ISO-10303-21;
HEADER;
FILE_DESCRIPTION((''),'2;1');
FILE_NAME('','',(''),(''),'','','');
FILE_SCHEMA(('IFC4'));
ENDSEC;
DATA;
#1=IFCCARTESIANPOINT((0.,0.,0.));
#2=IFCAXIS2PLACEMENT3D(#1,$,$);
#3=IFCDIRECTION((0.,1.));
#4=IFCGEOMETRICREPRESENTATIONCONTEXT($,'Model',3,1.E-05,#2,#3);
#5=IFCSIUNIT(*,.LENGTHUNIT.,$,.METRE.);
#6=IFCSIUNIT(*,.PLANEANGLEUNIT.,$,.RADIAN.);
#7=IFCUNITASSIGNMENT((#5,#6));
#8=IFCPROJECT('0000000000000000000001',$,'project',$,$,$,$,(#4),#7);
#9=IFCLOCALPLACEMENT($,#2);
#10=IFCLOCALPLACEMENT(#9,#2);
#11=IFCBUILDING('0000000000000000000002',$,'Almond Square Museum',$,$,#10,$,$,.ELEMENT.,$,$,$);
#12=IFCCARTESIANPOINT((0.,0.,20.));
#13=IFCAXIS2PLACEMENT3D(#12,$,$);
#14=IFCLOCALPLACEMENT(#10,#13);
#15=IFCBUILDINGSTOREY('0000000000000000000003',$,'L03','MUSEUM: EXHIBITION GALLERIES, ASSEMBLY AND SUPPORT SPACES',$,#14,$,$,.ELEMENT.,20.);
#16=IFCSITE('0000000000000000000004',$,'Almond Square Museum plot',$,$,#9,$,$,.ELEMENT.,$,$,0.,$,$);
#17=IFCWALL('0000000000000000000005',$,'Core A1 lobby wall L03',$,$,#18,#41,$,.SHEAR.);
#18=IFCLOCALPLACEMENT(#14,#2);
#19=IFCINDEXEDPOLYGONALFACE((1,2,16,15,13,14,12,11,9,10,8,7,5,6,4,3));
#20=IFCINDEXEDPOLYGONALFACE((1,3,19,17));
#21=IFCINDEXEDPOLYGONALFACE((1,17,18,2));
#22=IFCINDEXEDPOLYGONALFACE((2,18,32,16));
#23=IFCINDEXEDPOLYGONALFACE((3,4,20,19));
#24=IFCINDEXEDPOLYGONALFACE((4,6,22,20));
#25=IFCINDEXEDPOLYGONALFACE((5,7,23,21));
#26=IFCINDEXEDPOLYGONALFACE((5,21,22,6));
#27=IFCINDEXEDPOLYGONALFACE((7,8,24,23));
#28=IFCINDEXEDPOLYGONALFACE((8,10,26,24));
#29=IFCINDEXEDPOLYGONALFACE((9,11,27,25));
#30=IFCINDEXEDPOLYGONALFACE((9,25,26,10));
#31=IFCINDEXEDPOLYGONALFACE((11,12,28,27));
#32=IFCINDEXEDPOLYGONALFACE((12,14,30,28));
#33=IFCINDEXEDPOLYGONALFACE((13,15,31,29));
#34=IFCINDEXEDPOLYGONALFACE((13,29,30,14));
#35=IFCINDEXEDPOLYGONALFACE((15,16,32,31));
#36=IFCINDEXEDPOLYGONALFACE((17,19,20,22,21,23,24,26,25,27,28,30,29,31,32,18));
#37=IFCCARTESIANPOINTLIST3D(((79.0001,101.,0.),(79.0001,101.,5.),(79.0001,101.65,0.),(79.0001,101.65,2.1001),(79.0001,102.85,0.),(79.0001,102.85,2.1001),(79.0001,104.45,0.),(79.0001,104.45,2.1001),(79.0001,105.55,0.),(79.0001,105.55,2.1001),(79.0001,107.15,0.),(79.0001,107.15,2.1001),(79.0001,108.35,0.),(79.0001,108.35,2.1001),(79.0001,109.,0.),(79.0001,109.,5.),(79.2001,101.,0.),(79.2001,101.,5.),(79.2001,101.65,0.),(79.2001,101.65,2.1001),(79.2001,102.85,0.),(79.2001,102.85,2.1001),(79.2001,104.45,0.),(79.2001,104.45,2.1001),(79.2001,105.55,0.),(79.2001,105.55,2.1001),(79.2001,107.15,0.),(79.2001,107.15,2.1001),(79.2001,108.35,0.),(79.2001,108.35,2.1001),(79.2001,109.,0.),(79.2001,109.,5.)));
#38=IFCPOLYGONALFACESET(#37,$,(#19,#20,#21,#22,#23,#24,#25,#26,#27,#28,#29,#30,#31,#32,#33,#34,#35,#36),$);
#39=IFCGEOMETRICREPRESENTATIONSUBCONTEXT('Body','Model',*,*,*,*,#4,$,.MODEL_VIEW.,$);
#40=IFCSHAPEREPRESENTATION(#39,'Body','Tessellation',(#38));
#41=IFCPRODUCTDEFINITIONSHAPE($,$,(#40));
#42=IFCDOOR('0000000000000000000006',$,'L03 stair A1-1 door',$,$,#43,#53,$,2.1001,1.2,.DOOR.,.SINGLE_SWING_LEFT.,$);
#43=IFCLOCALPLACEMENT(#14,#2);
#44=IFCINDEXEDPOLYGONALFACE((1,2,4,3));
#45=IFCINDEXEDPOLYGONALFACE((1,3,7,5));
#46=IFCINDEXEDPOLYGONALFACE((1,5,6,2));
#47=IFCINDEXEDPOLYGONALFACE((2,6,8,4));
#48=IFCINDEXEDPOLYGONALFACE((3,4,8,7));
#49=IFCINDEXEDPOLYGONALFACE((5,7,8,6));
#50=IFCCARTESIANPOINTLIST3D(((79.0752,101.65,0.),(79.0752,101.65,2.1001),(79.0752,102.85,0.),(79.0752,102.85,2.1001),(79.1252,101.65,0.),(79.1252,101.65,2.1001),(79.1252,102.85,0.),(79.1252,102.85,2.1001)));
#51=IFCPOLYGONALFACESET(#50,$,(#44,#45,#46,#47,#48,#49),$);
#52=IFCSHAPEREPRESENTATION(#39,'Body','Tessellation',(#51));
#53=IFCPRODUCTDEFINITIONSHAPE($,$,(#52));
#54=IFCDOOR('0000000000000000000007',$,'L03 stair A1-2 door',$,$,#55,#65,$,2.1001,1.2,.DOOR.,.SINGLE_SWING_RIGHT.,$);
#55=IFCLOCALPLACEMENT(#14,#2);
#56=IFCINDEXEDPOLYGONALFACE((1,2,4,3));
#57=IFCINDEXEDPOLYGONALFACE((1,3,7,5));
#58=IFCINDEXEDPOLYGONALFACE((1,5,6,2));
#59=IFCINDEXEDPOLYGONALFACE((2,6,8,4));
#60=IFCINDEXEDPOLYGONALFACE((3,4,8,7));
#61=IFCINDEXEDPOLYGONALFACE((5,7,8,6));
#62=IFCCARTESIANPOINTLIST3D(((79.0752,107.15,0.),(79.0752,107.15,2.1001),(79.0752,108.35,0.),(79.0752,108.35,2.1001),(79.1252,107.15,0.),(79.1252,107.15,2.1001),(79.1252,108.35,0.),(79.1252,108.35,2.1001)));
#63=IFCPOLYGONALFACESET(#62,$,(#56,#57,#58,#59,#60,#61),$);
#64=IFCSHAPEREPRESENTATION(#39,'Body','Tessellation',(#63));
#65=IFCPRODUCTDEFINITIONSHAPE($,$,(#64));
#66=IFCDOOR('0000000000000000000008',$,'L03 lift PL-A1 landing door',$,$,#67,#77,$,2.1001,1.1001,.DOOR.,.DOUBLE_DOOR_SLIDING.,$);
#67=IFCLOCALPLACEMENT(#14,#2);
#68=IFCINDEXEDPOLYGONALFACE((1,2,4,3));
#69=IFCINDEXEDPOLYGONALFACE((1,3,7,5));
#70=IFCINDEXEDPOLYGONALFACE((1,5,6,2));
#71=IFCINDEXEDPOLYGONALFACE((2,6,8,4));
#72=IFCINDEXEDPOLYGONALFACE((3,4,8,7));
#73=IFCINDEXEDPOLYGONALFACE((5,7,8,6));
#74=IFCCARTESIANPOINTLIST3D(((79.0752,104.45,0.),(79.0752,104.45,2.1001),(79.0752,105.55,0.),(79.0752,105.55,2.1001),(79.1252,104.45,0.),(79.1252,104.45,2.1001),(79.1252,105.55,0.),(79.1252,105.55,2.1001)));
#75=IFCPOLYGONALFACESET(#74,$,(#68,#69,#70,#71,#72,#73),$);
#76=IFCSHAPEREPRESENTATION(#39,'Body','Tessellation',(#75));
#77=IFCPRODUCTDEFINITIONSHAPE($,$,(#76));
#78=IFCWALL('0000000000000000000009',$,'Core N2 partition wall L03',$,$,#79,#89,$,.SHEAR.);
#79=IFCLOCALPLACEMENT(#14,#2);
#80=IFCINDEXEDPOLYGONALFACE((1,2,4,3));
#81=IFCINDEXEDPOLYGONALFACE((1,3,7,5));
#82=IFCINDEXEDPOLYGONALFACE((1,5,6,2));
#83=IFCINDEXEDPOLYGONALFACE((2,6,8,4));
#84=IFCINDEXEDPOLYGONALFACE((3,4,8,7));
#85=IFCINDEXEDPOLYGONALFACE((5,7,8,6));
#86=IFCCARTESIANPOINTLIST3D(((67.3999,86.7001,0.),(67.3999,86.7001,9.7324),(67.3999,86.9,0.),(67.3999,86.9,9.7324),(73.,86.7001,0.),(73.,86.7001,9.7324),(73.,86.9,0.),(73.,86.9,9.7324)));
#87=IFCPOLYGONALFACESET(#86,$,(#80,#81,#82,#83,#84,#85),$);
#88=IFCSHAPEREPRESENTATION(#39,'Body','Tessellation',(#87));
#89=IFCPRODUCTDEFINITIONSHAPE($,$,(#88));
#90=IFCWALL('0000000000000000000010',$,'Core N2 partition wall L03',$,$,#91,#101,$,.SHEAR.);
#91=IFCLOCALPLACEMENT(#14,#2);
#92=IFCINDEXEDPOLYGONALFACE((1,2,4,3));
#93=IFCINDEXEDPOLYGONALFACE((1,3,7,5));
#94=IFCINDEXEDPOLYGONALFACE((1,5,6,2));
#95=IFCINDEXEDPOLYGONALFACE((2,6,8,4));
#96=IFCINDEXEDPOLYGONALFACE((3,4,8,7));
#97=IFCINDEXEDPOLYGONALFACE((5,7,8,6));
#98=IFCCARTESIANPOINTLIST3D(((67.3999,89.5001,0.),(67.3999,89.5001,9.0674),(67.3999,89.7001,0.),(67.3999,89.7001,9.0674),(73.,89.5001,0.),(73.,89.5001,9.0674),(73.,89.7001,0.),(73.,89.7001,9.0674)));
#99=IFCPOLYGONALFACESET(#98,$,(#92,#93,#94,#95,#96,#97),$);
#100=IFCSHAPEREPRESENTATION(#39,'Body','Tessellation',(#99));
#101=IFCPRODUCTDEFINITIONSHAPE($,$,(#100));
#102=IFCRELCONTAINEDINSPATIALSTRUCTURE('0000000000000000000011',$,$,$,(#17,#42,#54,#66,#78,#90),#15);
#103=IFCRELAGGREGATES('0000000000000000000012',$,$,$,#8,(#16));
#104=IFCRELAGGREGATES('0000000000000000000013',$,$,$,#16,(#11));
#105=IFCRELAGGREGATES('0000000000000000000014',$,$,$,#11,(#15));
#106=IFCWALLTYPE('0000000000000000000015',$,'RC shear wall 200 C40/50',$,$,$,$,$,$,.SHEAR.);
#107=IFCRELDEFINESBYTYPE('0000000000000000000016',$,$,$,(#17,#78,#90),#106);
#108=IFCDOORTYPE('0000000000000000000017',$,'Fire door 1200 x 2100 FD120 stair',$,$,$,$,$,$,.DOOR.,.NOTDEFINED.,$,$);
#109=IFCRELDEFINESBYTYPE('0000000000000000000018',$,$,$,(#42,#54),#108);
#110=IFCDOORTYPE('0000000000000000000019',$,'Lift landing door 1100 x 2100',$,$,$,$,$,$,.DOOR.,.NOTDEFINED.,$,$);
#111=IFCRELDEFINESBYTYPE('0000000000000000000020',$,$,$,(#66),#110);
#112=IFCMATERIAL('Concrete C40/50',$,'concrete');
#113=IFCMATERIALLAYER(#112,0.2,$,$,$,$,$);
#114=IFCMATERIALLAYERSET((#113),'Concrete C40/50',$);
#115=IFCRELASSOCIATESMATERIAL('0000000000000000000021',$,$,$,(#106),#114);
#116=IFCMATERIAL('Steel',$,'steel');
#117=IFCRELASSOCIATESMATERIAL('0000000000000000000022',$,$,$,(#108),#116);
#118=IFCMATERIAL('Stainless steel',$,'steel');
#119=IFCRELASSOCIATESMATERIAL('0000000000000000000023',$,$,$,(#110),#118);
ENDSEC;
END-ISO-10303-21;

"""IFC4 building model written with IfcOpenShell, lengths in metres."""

from ifc_helpers import new_model, si_unit, direction, frame, frame_2d, origin, place, context, subcontext, project, spatial, rectangle, extrude, material, layer, layer_set, type_object, element, fill, save


model = new_model("IFC4")

# Units and contexts
model_context = context("Model", 3, precision=1e-05, world=origin(), true_north=direction((0.0, 1.0)))
body_context = subcontext(model_context, "Body", "Model", "MODEL_VIEW")
ifc_project = project(units=[si_unit("LENGTHUNIT", "METRE"), si_unit("PLANEANGLEUNIT", "RADIAN")], contexts=[model_context])

# Site, building, storey
site_placement = place(None, origin())
site = spatial("IfcSite", under=ifc_project, at=site_placement, Name="Almond Square Museum plot", CompositionType="ELEMENT", RefElevation=0.0)
building_placement = place(site_placement, origin())
building = spatial("IfcBuilding", under=site, at=building_placement, Name="Almond Square Museum", CompositionType="ELEMENT")
storey_placement = place(building_placement, frame((0.0, 0.0, 20.0)))
storey = spatial("IfcBuildingStorey", under=building, at=storey_placement, Name="L03", Description="MUSEUM: EXHIBITION GALLERIES, ASSEMBLY AND SUPPORT SPACES", CompositionType="ELEMENT", Elevation=20.0)

# Shared definitions
ifc_material_1 = material(Name="Concrete C40/50", Category="concrete")
ifc_layer_1 = layer(ifc_material_1, 0.2)
ifc_layer_set_1 = layer_set([ifc_layer_1], Name="Concrete C40/50")
wall_type_1 = type_object("IfcWallType", Name="RC shear wall 200 C40/50", PredefinedType="SHEAR", material=ifc_layer_set_1)

# Wall, openings, doors
wall_1_placement = place(storey_placement, frame((79.1001, 101.0, 0.0), z_axis=(0.0, 0.0, 1.0), x_axis=(0.0, 1.0, 0.0)))
wall_1 = element("IfcWall", 1, at=wall_1_placement, inside=storey, type_object=wall_type_1, Name="Core A1 lobby wall L03", PredefinedType="SHEAR", context=body_context, shape_type="SweptSolid", body=[
    extrude(rectangle(XDim=8.0, YDim=0.2, at=frame_2d((4.0, 0.0))), origin(), (0.0, 0.0, 1.0), 5.0),
])
opening_1_placement = place(wall_1_placement, frame((0.6499, 0.0, 0.0)))
opening_1 = element("IfcOpeningElement", 2, at=opening_1_placement, cuts=wall_1, PredefinedType="OPENING", context=body_context, shape_type="SweptSolid", body=[
    extrude(rectangle(XDim=1.2, YDim=2.1001, at=frame_2d((0.6001, 1.05))), frame((0.0, 0.1099, 0.0), z_axis=(0.0, -1.0, 0.0), x_axis=(1.0, 0.0, 0.0)), (0.0, 0.0, 1.0), 0.22),
])
opening_2_placement = place(wall_1_placement, frame((6.1499, 0.0, 0.0)))
opening_2 = element("IfcOpeningElement", 3, at=opening_2_placement, cuts=wall_1, PredefinedType="OPENING", context=body_context, shape_type="SweptSolid", body=[
    extrude(rectangle(XDim=1.2, YDim=2.1001, at=frame_2d((0.6001, 1.05))), frame((0.0, 0.1099, 0.0), z_axis=(0.0, -1.0, 0.0), x_axis=(1.0, 0.0, 0.0)), (0.0, 0.0, 1.0), 0.22),
])
opening_3_placement = place(wall_1_placement, frame((3.45, 0.0, 0.0)))
opening_3 = element("IfcOpeningElement", 4, at=opening_3_placement, cuts=wall_1, PredefinedType="OPENING", context=body_context, shape_type="SweptSolid", body=[
    extrude(rectangle(XDim=1.1001, YDim=2.1001, at=frame_2d((0.55, 1.05))), frame((0.0, 0.1099, 0.0), z_axis=(0.0, -1.0, 0.0), x_axis=(1.0, 0.0, 0.0)), (0.0, 0.0, 1.0), 0.22),
])
ifc_material_2 = material(Name="Steel", Category="steel")
door_type_1 = type_object("IfcDoorType", Name="Fire door 1200 x 2100 FD120 stair", OperationType="NOTDEFINED", PredefinedType="DOOR", material=ifc_material_2)
door_1_placement = place(opening_1_placement, origin())
door_1 = element("IfcDoor", 5, at=door_1_placement, inside=storey, type_object=door_type_1, Name="L03 stair A1-1 door", OperationType="SINGLE_SWING_LEFT", OverallHeight=2.1001, OverallWidth=1.2, PredefinedType="DOOR", context=body_context, shape_type="SweptSolid", body=[
    extrude(rectangle(XDim=1.2, YDim=2.1001, at=frame_2d((0.6001, 1.05))), frame((0.0, 0.0249, 0.0), z_axis=(0.0, -1.0, 0.0), x_axis=(1.0, 0.0, 0.0)), (0.0, 0.0, 1.0), 0.05),
])
fill(opening_1, door_1)
door_2_placement = place(opening_2_placement, origin())
door_2 = element("IfcDoor", 6, at=door_2_placement, inside=storey, type_object=door_type_1, Name="L03 stair A1-2 door", OperationType="SINGLE_SWING_RIGHT", OverallHeight=2.1001, OverallWidth=1.2, PredefinedType="DOOR", context=body_context, shape_type="SweptSolid", body=[
    extrude(rectangle(XDim=1.2, YDim=2.1001, at=frame_2d((0.6001, 1.05))), frame((0.0, 0.0249, 0.0), z_axis=(0.0, -1.0, 0.0), x_axis=(1.0, 0.0, 0.0)), (0.0, 0.0, 1.0), 0.05),
])
fill(opening_2, door_2)
ifc_material_3 = material(Name="Stainless steel", Category="steel")
door_type_2 = type_object("IfcDoorType", Name="Lift landing door 1100 x 2100", OperationType="NOTDEFINED", PredefinedType="DOOR", material=ifc_material_3)
door_3_placement = place(opening_3_placement, origin())
door_3 = element("IfcDoor", 7, at=door_3_placement, inside=storey, type_object=door_type_2, Name="L03 lift PL-A1 landing door", OperationType="DOUBLE_DOOR_SLIDING", OverallHeight=2.1001, OverallWidth=1.1001, PredefinedType="DOOR", context=body_context, shape_type="SweptSolid", body=[
    extrude(rectangle(XDim=1.1001, YDim=2.1001, at=frame_2d((0.55, 1.05))), frame((0.0, 0.0249, 0.0), z_axis=(0.0, -1.0, 0.0), x_axis=(1.0, 0.0, 0.0)), (0.0, 0.0, 1.0), 0.05),
])
fill(opening_3, door_3)

# Walls
wall_2_placement = place(storey_placement, frame((67.3999, 86.8, 0.0), z_axis=(0.0, 0.0, 1.0), x_axis=(1.0, 0.0, 0.0)))
element("IfcWall", 8, at=wall_2_placement, inside=storey, type_object=wall_type_1, Name="Core N2 partition wall L03", PredefinedType="SHEAR", context=body_context, shape_type="SweptSolid", body=[
    extrude(rectangle(XDim=5.6001, YDim=0.2, at=frame_2d((2.8, 0.0))), origin(), (0.0, 0.0, 1.0), 9.7324),
])
wall_3_placement = place(storey_placement, frame((67.3999, 89.6001, 0.0), z_axis=(0.0, 0.0, 1.0), x_axis=(1.0, 0.0, 0.0)))
element("IfcWall", 9, at=wall_3_placement, inside=storey, type_object=wall_type_1, Name="Core N2 partition wall L03", PredefinedType="SHEAR", context=body_context, shape_type="SweptSolid", body=[
    extrude(rectangle(XDim=5.6001, YDim=0.2, at=frame_2d((2.8, 0.0))), origin(), (0.0, 0.0, 1.0), 9.0674),
])

save(model, "model.ifc")
